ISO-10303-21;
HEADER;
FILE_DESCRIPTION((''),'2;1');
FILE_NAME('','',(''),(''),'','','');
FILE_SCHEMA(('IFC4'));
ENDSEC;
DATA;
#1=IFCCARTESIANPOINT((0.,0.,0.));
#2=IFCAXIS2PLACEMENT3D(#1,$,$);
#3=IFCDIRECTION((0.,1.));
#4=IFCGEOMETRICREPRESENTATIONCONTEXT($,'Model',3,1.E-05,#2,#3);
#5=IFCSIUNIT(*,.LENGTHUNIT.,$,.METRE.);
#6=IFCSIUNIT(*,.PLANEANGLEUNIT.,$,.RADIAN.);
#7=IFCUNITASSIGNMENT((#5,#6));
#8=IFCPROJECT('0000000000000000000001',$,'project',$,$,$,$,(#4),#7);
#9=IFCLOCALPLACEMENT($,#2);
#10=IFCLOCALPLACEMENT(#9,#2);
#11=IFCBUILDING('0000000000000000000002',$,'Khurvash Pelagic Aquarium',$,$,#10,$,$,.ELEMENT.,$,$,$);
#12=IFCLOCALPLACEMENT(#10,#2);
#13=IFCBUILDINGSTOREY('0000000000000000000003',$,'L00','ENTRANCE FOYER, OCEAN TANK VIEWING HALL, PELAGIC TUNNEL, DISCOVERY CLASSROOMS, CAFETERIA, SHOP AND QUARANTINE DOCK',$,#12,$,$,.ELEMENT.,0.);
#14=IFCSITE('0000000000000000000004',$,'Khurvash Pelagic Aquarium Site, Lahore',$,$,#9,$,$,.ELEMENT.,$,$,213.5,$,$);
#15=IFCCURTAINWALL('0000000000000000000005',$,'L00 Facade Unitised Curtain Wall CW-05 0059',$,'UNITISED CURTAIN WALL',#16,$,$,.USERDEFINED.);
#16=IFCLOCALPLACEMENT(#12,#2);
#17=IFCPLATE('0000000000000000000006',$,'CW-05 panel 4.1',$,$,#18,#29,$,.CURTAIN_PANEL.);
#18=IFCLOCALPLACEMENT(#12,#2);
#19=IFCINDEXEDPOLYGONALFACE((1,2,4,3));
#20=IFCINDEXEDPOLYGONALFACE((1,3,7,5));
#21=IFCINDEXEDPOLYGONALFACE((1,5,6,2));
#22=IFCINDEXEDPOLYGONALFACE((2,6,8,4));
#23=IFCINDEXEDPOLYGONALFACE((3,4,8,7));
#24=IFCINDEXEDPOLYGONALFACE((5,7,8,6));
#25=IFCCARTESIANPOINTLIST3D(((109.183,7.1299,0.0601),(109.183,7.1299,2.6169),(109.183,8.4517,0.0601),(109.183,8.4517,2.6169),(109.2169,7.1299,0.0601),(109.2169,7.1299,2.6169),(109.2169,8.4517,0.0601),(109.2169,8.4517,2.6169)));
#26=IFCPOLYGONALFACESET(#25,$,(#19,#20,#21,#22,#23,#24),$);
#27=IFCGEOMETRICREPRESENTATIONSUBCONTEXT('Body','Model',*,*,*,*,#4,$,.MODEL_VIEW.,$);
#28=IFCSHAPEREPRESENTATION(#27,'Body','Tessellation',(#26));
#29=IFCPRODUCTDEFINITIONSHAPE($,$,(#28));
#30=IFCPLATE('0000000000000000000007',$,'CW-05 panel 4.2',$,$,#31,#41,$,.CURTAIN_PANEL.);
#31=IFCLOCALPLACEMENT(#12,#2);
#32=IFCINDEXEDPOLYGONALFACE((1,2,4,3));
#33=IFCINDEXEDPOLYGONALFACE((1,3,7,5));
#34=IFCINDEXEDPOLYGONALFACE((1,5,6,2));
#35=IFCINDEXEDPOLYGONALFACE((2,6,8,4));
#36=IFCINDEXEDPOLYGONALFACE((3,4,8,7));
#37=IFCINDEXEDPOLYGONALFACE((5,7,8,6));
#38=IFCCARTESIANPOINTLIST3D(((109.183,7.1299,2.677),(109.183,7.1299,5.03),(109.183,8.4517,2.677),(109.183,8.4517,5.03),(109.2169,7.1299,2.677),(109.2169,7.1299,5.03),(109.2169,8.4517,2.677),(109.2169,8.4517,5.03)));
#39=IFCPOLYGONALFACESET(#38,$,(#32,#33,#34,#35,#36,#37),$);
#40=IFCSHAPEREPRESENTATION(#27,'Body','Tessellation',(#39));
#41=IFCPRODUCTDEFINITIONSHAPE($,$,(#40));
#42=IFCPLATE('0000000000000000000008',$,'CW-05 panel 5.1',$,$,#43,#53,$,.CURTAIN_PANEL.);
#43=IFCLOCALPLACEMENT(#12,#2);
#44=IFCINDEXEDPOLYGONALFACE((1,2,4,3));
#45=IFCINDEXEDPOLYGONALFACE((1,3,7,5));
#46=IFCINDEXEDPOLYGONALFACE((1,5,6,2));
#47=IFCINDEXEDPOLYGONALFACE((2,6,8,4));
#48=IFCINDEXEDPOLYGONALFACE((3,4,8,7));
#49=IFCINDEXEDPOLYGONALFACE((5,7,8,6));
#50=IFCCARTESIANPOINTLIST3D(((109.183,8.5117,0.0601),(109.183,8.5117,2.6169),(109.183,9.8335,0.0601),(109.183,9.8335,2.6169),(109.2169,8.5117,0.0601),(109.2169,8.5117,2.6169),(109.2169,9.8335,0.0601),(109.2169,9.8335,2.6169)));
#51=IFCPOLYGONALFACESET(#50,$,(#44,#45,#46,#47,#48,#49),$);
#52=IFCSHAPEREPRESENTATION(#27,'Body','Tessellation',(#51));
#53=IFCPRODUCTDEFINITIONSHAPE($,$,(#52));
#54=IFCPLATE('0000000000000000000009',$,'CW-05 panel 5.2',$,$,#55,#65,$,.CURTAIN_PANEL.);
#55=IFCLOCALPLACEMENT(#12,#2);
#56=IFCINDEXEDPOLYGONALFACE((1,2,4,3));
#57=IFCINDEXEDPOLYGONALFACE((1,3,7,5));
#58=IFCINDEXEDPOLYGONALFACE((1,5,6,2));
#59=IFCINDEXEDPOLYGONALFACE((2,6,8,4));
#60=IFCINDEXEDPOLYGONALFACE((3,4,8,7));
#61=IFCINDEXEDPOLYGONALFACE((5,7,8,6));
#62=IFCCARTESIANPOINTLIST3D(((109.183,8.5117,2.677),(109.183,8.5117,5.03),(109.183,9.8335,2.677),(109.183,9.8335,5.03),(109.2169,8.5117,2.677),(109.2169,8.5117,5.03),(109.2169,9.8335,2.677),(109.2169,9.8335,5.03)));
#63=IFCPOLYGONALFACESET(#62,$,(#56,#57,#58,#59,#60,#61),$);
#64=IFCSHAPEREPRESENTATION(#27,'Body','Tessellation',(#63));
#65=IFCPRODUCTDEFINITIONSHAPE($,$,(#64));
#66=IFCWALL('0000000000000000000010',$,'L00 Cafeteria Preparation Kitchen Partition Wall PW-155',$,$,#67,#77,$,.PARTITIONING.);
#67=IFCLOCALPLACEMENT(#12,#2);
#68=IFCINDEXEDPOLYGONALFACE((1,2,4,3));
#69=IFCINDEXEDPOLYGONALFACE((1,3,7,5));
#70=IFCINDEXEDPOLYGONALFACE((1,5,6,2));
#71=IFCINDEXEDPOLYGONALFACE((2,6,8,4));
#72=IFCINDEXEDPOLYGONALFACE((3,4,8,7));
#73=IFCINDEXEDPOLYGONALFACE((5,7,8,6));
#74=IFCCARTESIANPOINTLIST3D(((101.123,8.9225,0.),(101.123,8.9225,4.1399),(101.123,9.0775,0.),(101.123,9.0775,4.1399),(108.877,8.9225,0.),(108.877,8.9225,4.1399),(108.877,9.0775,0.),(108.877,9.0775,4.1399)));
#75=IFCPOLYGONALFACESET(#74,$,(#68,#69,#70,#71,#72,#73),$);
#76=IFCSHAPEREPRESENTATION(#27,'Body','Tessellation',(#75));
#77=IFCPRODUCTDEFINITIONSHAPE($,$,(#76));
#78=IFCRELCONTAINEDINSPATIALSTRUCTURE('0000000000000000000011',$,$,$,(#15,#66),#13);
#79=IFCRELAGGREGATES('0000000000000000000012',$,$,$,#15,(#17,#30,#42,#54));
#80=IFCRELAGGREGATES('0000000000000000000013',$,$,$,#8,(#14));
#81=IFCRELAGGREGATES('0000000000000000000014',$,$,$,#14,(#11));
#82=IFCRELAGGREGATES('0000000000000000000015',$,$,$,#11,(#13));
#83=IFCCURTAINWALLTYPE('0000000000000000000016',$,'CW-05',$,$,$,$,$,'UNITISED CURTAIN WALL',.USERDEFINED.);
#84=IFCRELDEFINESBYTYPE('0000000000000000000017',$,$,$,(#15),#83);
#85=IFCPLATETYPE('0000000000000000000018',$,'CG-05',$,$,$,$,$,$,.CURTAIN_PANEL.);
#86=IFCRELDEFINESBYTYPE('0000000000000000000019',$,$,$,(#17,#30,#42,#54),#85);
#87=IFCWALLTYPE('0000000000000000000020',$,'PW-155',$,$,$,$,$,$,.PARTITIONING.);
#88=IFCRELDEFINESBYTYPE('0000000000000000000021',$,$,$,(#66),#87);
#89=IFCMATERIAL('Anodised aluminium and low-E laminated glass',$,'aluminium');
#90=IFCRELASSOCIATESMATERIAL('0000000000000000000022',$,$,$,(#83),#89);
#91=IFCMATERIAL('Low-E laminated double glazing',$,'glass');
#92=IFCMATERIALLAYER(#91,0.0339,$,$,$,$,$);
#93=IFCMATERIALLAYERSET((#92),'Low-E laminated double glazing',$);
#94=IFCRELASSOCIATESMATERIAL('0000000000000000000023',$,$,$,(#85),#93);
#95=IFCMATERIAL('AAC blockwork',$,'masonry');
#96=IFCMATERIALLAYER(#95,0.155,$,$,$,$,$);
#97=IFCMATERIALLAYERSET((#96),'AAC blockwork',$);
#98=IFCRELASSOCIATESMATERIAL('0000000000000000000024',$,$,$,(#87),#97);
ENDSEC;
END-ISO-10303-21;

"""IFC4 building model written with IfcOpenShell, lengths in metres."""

from ifc_helpers import new_model, si_unit, direction, frame, frame_2d, origin, origin_2d, place, context, subcontext, project, spatial, rectangle, extrude, material, layer, layer_set, type_object, element, aggregate, save


model = new_model("IFC4")

# Units and contexts
model_context = context("Model", 3, precision=1e-05, world=origin(), true_north=direction((0.0, 1.0)))
body_context = subcontext(model_context, "Body", "Model", "MODEL_VIEW")
ifc_project = project(units=[si_unit("LENGTHUNIT", "METRE"), si_unit("PLANEANGLEUNIT", "RADIAN")], contexts=[model_context])

# Site, building, storey
site_placement = place(None, origin())
site = spatial("IfcSite", under=ifc_project, at=site_placement, Name="Khurvash Pelagic Aquarium Site, Lahore", CompositionType="ELEMENT", RefElevation=213.5)
building_placement = place(site_placement, origin())
building = spatial("IfcBuilding", under=site, at=building_placement, Name="Khurvash Pelagic Aquarium", CompositionType="ELEMENT")
storey_placement = place(building_placement, origin())
storey = spatial("IfcBuildingStorey", under=building, at=storey_placement, Name="L00", Description="ENTRANCE FOYER, OCEAN TANK VIEWING HALL, PELAGIC TUNNEL, DISCOVERY CLASSROOMS, CAFETERIA, SHOP AND QUARANTINE DOCK", CompositionType="ELEMENT", Elevation=0.0)

# Curtain wall, plates
ifc_material_1 = material(Name="Anodised aluminium and low-E laminated glass", Category="aluminium")
curtain_wall_type = type_object("IfcCurtainWallType", Name="CW-05", ElementType="UNITISED CURTAIN WALL", PredefinedType="USERDEFINED", material=ifc_material_1)
curtain_wall_placement = place(storey_placement, origin())
curtain_wall = element("IfcCurtainWall", 1, at=curtain_wall_placement, inside=storey, type_object=curtain_wall_type, Name="L00 Facade Unitised Curtain Wall CW-05 0059", ObjectType="UNITISED CURTAIN WALL", PredefinedType="USERDEFINED")
ifc_material_2 = material(Name="Low-E laminated double glazing", Category="glass")
ifc_layer_1 = layer(ifc_material_2, 0.0339)
ifc_layer_set_1 = layer_set([ifc_layer_1], Name="Low-E laminated double glazing")
plate_type = type_object("IfcPlateType", Name="CG-05", PredefinedType="CURTAIN_PANEL", material=ifc_layer_set_1)
plate_1_placement = place(storey_placement, frame((109.2, 7.7908, 0.0601), z_axis=(0.0, 0.0, 1.0), x_axis=(0.0, 1.0, 0.0)))
plate_1 = element("IfcPlate", 2, at=plate_1_placement, type_object=plate_type, Name="CW-05 panel 4.1", PredefinedType="CURTAIN_PANEL", context=body_context, shape_type="SweptSolid", body=[
    extrude(rectangle(XDim=1.3218, YDim=0.0339, at=origin_2d()), origin(), (0.0, 0.0, 1.0), 2.5569),
])
plate_2_placement = place(storey_placement, frame((109.2, 7.7908, 2.677), z_axis=(0.0, 0.0, 1.0), x_axis=(0.0, 1.0, 0.0)))
plate_2 = element("IfcPlate", 3, at=plate_2_placement, type_object=plate_type, Name="CW-05 panel 4.2", PredefinedType="CURTAIN_PANEL", context=body_context, shape_type="SweptSolid", body=[
    extrude(rectangle(XDim=1.3218, YDim=0.0339, at=origin_2d()), origin(), (0.0, 0.0, 1.0), 2.353),
])
plate_3_placement = place(storey_placement, frame((109.2, 9.1726, 0.0601), z_axis=(0.0, 0.0, 1.0), x_axis=(0.0, 1.0, 0.0)))
plate_3 = element("IfcPlate", 4, at=plate_3_placement, type_object=plate_type, Name="CW-05 panel 5.1", PredefinedType="CURTAIN_PANEL", context=body_context, shape_type="SweptSolid", body=[
    extrude(rectangle(XDim=1.3218, YDim=0.0339, at=origin_2d()), origin(), (0.0, 0.0, 1.0), 2.5569),
])
plate_4_placement = place(storey_placement, frame((109.2, 9.1726, 2.677), z_axis=(0.0, 0.0, 1.0), x_axis=(0.0, 1.0, 0.0)))
plate_4 = element("IfcPlate", 5, at=plate_4_placement, type_object=plate_type, Name="CW-05 panel 5.2", PredefinedType="CURTAIN_PANEL", context=body_context, shape_type="SweptSolid", body=[
    extrude(rectangle(XDim=1.3218, YDim=0.0339, at=origin_2d()), origin(), (0.0, 0.0, 1.0), 2.353),
])
aggregate(curtain_wall, [plate_1, plate_2, plate_3, plate_4])

# Shared definitions
ifc_material_3 = material(Name="AAC blockwork", Category="masonry")
ifc_layer_2 = layer(ifc_material_3, 0.155)
ifc_layer_set_2 = layer_set([ifc_layer_2], Name="AAC blockwork")
wall_type = type_object("IfcWallType", Name="PW-155", PredefinedType="PARTITIONING", material=ifc_layer_set_2)

# Wall
wall_1_placement = place(storey_placement, frame((101.123, 9.0, 0.0), z_axis=(0.0, 0.0, 1.0), x_axis=(1.0, 0.0, 0.0)))
element("IfcWall", 6, at=wall_1_placement, inside=storey, type_object=wall_type, Name="L00 Cafeteria Preparation Kitchen Partition Wall PW-155", PredefinedType="PARTITIONING", context=body_context, shape_type="SweptSolid", body=[
    extrude(rectangle(XDim=7.7539, YDim=0.155, at=frame_2d((3.877, 0.0))), origin(), (0.0, 0.0, 1.0), 4.1399),
])

save(model, "model.ifc")
